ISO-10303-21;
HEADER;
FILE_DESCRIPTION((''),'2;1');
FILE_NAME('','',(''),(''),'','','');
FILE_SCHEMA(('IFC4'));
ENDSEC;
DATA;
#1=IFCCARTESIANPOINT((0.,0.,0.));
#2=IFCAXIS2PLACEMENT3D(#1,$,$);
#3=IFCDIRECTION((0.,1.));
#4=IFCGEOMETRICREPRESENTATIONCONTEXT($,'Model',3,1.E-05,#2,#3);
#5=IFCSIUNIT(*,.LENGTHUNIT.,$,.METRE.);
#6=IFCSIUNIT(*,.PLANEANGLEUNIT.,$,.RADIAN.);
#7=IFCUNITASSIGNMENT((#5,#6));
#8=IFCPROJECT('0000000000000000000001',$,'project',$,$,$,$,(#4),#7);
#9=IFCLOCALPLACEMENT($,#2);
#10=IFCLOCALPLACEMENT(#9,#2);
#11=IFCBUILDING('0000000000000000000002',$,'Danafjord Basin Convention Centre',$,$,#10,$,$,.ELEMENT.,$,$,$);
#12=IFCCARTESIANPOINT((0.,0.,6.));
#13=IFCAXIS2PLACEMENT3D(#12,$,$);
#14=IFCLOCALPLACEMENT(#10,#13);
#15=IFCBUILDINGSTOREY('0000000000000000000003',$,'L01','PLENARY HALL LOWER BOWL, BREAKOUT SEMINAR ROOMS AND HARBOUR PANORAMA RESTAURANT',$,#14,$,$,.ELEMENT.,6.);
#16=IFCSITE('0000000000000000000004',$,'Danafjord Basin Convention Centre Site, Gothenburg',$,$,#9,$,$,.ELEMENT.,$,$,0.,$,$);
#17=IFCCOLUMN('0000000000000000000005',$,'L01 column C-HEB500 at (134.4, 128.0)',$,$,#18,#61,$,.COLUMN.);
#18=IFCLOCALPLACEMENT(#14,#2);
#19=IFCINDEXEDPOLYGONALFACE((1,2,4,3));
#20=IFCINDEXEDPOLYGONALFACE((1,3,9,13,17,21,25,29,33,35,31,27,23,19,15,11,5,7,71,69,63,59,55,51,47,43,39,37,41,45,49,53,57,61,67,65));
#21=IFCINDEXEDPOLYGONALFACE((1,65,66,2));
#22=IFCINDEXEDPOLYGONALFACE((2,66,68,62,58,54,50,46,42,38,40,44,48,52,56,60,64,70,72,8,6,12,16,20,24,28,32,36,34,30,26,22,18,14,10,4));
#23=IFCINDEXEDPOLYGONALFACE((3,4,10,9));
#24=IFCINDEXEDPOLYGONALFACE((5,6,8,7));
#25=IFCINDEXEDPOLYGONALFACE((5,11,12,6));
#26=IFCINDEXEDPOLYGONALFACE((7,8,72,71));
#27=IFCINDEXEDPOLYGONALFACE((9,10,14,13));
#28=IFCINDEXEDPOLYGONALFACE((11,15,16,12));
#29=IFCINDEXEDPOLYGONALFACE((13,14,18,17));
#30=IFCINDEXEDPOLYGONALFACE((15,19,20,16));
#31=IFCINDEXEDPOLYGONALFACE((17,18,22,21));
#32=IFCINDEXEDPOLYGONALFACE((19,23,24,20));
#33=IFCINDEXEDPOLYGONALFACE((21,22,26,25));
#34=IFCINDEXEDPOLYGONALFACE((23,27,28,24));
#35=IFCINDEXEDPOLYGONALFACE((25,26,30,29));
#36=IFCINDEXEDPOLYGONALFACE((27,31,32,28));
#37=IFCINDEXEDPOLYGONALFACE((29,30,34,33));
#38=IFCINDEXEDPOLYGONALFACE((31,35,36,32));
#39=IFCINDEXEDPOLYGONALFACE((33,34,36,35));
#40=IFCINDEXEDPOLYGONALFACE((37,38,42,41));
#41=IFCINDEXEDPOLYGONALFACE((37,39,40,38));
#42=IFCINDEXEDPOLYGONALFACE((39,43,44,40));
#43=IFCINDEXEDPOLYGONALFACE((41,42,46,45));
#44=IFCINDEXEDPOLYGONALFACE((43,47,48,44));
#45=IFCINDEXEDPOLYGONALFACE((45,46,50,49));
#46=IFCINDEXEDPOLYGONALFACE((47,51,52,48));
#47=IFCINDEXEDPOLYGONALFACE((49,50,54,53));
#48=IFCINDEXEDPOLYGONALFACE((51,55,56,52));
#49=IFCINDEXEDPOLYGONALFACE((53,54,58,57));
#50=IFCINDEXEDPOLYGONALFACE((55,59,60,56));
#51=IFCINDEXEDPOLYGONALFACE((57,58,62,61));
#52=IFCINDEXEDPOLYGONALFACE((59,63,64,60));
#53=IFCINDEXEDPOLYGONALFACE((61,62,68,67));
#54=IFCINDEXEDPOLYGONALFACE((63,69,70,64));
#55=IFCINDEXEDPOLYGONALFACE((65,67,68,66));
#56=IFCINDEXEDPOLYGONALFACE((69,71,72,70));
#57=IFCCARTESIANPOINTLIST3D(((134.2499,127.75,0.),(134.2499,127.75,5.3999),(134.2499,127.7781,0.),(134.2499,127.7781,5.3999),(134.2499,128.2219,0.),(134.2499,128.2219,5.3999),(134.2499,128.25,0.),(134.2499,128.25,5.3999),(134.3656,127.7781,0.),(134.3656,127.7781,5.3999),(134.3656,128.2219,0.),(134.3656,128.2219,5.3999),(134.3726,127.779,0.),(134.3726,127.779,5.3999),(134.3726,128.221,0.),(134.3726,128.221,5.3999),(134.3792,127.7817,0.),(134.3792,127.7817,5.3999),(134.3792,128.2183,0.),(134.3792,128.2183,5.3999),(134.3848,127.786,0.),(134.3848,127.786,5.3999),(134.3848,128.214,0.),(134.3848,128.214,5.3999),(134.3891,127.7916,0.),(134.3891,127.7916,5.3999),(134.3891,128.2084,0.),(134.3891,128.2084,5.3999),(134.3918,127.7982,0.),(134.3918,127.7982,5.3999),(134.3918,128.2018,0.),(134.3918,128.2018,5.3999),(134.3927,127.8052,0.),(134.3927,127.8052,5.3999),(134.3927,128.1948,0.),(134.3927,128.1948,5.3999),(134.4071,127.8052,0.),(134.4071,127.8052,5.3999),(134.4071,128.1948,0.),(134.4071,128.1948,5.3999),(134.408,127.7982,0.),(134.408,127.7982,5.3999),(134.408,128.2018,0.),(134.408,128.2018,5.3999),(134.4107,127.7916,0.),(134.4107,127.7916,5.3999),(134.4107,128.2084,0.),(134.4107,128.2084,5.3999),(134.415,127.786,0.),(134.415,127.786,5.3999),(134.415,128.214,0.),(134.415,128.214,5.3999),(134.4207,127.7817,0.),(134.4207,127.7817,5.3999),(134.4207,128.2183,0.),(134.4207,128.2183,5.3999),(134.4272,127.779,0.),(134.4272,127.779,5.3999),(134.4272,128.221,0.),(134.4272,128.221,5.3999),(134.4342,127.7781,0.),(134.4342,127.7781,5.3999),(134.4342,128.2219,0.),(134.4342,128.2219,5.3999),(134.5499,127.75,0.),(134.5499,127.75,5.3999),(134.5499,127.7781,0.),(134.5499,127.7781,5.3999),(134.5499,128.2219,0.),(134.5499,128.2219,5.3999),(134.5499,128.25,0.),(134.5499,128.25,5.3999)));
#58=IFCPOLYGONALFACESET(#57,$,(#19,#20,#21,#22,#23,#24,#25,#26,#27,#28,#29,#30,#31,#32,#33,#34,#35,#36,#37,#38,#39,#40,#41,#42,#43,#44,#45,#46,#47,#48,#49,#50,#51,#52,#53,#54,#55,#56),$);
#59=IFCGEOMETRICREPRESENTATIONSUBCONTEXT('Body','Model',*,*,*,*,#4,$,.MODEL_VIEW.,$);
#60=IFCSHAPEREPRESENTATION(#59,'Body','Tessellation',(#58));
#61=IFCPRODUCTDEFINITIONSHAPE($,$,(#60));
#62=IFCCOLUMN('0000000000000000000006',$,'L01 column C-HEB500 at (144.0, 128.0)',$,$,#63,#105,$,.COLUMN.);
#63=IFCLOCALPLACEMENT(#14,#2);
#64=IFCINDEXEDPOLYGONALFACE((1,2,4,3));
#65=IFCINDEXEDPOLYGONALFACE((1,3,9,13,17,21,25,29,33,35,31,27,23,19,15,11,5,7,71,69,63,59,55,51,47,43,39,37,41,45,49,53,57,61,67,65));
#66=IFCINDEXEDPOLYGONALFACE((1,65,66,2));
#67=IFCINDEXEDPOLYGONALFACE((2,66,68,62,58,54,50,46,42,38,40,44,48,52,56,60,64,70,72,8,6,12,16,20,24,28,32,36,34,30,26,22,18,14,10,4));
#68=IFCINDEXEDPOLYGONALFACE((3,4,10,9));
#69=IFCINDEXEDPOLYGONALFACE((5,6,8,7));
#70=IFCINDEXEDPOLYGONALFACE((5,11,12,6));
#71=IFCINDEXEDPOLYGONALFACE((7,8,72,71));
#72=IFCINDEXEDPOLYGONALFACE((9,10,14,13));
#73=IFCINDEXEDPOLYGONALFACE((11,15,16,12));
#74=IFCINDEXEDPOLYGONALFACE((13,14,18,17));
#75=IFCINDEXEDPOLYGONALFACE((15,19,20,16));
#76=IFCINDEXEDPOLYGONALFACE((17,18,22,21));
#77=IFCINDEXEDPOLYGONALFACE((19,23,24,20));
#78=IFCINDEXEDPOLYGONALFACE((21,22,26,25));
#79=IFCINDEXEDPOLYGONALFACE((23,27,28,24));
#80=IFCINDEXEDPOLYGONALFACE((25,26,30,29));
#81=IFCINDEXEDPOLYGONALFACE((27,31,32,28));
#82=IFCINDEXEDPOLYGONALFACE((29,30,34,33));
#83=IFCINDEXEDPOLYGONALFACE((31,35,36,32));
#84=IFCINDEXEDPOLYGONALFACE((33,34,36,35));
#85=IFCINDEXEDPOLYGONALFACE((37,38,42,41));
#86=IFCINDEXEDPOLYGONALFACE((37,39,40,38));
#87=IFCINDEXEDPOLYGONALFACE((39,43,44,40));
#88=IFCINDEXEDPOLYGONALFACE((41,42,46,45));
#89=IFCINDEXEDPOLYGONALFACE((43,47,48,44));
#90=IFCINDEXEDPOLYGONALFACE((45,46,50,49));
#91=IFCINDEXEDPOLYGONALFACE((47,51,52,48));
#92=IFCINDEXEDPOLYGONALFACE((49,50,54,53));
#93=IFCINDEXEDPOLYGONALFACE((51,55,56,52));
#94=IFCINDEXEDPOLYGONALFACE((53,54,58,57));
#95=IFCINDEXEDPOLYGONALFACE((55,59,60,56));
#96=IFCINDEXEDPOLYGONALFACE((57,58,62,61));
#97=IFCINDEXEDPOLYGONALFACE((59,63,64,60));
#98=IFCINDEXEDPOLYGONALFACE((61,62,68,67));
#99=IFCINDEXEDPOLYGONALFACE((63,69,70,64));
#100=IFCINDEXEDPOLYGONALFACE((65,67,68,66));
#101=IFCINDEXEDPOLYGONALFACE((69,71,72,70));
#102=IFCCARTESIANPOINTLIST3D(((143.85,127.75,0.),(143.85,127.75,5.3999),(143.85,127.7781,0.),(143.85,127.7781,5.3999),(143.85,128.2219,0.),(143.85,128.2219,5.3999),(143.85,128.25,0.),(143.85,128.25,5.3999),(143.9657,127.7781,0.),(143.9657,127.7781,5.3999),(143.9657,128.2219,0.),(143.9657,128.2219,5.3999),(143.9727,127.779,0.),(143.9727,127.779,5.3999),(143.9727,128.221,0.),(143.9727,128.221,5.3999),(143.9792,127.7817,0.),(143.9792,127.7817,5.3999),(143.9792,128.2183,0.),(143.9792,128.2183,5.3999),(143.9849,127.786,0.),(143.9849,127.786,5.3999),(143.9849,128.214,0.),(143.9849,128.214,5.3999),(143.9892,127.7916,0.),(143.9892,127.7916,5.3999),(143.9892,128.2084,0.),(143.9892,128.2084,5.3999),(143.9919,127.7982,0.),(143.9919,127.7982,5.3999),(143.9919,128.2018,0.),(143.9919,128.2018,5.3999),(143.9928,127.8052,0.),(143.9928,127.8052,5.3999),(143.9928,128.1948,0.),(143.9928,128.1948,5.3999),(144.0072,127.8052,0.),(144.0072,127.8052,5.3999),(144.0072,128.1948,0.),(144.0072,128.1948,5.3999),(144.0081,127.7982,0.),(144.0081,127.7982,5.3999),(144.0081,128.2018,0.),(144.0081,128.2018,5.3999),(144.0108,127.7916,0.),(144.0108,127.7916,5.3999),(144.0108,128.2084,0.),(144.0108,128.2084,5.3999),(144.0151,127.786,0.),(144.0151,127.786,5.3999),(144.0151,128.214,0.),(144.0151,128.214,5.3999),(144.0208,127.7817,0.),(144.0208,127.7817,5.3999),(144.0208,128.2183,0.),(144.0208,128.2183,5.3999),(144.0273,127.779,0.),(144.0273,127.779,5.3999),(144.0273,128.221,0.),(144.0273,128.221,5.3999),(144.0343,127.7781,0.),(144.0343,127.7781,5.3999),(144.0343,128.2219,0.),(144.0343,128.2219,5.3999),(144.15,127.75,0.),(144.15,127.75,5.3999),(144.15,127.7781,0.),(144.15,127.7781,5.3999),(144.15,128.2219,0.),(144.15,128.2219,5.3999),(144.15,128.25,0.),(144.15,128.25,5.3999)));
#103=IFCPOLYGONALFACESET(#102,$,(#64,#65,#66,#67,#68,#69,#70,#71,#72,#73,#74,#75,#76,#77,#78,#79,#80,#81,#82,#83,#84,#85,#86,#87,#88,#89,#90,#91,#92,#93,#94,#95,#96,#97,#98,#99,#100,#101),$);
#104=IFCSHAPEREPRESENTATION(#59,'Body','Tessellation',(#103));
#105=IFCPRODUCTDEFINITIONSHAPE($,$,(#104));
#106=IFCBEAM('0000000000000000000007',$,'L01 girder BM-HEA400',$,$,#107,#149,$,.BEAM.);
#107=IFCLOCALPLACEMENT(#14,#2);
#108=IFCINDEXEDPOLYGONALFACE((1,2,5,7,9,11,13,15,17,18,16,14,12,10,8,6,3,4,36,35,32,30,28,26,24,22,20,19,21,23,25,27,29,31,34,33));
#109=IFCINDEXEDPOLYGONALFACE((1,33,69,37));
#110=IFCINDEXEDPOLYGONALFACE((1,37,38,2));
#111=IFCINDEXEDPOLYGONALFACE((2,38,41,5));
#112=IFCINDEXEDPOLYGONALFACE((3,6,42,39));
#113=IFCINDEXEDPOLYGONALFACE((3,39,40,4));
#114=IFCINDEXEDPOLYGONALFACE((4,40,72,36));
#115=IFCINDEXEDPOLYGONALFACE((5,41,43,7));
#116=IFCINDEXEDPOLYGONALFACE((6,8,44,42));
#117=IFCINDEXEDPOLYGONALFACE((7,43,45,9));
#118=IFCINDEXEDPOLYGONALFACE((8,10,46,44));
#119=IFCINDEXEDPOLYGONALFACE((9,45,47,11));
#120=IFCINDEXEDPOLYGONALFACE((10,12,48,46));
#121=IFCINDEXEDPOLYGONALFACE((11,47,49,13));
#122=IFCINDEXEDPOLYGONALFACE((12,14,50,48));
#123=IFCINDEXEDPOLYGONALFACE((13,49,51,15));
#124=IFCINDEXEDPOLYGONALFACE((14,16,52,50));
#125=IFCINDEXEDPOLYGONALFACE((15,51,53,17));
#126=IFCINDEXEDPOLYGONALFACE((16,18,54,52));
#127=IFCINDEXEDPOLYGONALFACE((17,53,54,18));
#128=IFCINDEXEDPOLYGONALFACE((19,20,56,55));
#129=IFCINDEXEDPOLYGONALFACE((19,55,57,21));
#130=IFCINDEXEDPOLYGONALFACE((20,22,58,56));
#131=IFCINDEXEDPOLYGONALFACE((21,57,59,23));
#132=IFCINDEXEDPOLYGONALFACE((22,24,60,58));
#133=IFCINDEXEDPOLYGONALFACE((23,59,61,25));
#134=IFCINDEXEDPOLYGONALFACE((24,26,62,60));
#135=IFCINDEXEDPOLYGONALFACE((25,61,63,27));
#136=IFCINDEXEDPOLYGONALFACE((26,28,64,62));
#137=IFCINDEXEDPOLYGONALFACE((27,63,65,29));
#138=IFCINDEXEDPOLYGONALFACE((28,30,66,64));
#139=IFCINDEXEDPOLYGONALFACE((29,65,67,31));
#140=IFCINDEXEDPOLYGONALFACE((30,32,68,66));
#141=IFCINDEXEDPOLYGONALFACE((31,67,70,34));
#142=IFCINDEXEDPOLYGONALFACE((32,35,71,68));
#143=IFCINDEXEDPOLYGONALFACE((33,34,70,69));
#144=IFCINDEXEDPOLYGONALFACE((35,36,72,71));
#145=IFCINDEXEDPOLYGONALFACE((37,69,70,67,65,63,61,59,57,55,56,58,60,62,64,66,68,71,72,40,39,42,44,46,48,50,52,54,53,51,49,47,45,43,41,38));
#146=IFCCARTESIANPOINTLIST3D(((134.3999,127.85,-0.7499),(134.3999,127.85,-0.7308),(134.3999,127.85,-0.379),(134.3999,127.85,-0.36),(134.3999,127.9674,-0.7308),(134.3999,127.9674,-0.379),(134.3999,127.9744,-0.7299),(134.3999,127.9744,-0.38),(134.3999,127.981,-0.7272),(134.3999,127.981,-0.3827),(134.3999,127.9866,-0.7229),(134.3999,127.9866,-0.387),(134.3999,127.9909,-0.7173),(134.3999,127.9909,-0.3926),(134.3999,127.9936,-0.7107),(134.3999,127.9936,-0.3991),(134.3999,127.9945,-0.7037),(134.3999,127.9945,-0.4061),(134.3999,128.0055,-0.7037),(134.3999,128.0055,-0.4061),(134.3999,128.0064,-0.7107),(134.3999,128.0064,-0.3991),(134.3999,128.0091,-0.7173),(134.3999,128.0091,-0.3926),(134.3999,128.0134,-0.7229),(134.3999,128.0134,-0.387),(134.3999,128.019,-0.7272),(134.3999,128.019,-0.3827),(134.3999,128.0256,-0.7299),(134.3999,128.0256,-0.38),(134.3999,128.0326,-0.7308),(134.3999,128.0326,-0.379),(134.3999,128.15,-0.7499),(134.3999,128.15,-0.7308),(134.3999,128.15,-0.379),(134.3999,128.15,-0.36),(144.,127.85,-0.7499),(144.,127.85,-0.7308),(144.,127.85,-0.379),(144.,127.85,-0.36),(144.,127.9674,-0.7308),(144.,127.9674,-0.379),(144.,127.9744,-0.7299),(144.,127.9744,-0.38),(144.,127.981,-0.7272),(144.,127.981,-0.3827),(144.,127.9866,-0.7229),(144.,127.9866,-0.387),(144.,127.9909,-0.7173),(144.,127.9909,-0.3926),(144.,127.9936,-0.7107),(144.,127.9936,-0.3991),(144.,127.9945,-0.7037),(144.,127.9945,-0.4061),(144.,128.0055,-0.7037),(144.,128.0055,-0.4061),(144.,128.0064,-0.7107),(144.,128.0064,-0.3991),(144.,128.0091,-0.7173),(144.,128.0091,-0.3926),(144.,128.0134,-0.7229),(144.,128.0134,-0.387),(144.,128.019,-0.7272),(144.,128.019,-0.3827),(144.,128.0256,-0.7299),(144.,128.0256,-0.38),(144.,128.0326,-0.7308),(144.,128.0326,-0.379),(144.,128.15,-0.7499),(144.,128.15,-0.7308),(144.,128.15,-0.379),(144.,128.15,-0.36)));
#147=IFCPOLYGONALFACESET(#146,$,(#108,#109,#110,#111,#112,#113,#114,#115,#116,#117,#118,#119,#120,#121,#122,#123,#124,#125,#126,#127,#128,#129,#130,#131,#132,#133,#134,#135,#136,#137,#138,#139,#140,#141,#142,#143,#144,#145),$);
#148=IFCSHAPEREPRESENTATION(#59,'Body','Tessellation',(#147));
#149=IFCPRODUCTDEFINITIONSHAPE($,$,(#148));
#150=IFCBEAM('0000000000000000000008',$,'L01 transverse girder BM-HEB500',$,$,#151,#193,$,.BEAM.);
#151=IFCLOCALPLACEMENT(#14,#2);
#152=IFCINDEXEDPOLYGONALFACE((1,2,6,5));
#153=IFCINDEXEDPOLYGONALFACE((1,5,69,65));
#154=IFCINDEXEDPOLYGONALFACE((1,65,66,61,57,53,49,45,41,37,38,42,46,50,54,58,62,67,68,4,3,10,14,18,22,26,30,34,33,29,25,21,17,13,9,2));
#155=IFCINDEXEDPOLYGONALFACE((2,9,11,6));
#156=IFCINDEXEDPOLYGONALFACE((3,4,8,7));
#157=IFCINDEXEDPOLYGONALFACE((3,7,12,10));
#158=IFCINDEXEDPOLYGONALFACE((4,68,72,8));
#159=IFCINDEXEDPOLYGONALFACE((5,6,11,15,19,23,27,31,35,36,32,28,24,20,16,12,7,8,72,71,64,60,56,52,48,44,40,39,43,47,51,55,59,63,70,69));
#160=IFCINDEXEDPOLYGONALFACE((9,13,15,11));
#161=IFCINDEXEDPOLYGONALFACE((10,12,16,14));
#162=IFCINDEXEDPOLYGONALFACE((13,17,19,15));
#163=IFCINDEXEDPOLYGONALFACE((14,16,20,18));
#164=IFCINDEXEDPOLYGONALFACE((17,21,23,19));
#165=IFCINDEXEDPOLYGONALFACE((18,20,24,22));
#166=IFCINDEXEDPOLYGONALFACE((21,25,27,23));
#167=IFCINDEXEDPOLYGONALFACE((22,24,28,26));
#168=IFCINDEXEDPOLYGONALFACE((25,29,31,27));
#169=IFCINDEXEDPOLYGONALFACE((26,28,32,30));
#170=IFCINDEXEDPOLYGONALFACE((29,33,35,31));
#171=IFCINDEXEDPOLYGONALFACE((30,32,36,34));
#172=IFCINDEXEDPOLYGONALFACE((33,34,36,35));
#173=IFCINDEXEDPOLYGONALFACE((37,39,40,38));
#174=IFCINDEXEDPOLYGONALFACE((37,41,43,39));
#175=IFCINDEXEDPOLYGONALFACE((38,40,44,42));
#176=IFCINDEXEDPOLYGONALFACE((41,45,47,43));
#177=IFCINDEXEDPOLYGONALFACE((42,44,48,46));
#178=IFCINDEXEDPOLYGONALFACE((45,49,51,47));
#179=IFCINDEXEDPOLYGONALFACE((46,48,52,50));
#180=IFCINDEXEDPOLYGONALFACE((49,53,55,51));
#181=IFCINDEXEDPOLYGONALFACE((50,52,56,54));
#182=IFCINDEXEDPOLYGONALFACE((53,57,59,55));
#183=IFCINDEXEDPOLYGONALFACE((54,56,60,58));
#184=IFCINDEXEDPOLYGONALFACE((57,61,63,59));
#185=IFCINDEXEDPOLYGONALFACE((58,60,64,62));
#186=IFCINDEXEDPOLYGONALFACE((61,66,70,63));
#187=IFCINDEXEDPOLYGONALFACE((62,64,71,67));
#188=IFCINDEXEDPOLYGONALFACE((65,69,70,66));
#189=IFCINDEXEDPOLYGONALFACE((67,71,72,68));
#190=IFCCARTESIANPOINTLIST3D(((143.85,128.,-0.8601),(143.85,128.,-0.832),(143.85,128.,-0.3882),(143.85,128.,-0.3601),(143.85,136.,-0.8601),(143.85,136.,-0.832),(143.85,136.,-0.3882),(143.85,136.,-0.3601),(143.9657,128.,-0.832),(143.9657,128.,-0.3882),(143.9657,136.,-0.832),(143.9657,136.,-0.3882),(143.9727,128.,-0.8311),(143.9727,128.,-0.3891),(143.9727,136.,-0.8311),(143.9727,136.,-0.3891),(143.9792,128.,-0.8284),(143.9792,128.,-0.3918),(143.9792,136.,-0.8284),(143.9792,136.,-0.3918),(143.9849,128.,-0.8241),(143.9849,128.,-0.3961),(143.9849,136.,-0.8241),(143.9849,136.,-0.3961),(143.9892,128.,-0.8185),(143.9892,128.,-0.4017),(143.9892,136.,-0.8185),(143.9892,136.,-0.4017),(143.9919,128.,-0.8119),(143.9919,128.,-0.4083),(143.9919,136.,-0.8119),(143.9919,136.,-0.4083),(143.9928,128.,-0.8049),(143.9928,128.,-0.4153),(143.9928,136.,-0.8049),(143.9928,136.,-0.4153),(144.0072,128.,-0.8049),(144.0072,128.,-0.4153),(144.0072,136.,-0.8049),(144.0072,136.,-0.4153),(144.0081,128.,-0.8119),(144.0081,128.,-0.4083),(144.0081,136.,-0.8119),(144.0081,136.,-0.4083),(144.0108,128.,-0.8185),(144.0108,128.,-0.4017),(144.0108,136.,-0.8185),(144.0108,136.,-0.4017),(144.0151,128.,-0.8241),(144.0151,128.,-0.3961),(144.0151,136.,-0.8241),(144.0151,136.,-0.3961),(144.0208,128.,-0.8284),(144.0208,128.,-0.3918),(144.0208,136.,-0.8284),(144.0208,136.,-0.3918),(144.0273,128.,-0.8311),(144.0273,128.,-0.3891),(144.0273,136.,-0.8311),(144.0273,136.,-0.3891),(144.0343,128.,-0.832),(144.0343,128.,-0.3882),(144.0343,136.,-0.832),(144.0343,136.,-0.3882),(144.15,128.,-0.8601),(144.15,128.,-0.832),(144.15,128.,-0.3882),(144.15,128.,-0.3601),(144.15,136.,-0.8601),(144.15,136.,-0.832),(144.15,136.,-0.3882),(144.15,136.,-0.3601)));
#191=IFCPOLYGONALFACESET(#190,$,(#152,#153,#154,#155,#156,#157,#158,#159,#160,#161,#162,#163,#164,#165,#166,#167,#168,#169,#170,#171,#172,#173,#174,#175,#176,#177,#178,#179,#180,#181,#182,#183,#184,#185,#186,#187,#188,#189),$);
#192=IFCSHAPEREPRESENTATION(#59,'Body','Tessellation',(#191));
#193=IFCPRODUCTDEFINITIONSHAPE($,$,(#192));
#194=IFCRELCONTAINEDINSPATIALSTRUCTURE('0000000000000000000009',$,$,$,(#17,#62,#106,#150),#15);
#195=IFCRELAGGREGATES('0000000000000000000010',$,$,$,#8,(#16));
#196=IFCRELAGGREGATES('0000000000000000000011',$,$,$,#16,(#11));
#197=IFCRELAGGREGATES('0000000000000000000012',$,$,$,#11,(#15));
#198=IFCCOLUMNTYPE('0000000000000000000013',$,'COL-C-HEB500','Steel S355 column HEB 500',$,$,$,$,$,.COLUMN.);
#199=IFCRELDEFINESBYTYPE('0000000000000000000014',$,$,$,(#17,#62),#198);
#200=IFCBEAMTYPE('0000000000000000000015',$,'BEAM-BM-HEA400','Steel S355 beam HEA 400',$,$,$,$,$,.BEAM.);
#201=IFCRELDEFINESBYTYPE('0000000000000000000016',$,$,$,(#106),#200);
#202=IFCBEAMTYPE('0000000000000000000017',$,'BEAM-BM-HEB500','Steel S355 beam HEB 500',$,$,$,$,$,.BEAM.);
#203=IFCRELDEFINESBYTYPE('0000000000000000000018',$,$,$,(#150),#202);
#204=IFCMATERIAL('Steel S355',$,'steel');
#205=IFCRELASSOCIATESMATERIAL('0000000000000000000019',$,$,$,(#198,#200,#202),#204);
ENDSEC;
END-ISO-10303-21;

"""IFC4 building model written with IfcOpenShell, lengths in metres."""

from ifc_helpers import new_model, si_unit, direction, frame, origin, origin_2d, place, context, subcontext, project, spatial, i_section, extrude, material, material_profile, profile_set, type_object, element, save


model = new_model("IFC4")

# Units and contexts
model_context = context("Model", 3, precision=1e-05, world=origin(), true_north=direction((0.0, 1.0)))
body_context = subcontext(model_context, "Body", "Model", "MODEL_VIEW")
ifc_project = project(units=[si_unit("LENGTHUNIT", "METRE"), si_unit("PLANEANGLEUNIT", "RADIAN")], contexts=[model_context])

# Site, building, storey
site_placement = place(None, origin())
site = spatial("IfcSite", under=ifc_project, at=site_placement, Name="Danafjord Basin Convention Centre Site, Gothenburg", CompositionType="ELEMENT", RefElevation=0.0)
building_placement = place(site_placement, origin())
building = spatial("IfcBuilding", under=site, at=building_placement, Name="Danafjord Basin Convention Centre", CompositionType="ELEMENT")
storey_placement = place(building_placement, frame((0.0, 0.0, 6.0)))
storey = spatial("IfcBuildingStorey", under=building, at=storey_placement, Name="L01", Description="PLENARY HALL LOWER BOWL, BREAKOUT SEMINAR ROOMS AND HARBOUR PANORAMA RESTAURANT", CompositionType="ELEMENT", Elevation=6.0)

# Columns
ifc_material_1 = material(Name="Steel S355", Category="steel")
ifc_material_profile_1 = material_profile(ifc_material_1, i_section(OverallWidth=0.3, OverallDepth=0.5, WebThickness=0.0144, FlangeThickness=0.0281, FilletRadius=0.0271, at=origin_2d()), Name="HEB 500")
ifc_profile_set_1 = profile_set([ifc_material_profile_1], Name="Steel S355")
column_type_1 = type_object("IfcColumnType", Name="COL-C-HEB500", Description="Steel S355 column HEB 500", PredefinedType="COLUMN", material=ifc_profile_set_1)
for number, where, z_axis, x_axis, name in (
    (1, (134.3999, 128.0, 0.0), (0.0, 0.0, 1.0), (1.0, 0.0, 0.0), "L01 column C-HEB500 at (134.4, 128.0)"),
    (2, (144.0, 128.0, 0.0), (0.0, 0.0, 1.0), (1.0, 0.0, 0.0), "L01 column C-HEB500 at (144.0, 128.0)"),
):
    element("IfcColumn", number, at=place(storey_placement, frame(where, z_axis=z_axis, x_axis=x_axis)), inside=storey, type_object=column_type_1, Name=name, PredefinedType="COLUMN", context=body_context, shape_type="SweptSolid", body=[
        extrude(i_section(OverallWidth=0.3, OverallDepth=0.5, WebThickness=0.0144, FlangeThickness=0.0281, FilletRadius=0.0271, at=origin_2d()), origin(), (0.0, 0.0, 1.0), 5.3999),
    ])

# Beams
ifc_material_profile_2 = material_profile(ifc_material_1, i_section(OverallWidth=0.3, OverallDepth=0.3899, WebThickness=0.011, FlangeThickness=0.019, FilletRadius=0.0271, at=origin_2d()), Name="HEA 400")
ifc_profile_set_2 = profile_set([ifc_material_profile_2], Name="Steel S355")
beam_type_1 = type_object("IfcBeamType", Name="BEAM-BM-HEA400", Description="Steel S355 beam HEA 400", PredefinedType="BEAM", material=ifc_profile_set_2)
beam_1_placement = place(storey_placement, frame((134.3999, 128.0, -0.5549), z_axis=(1.0, 0.0, 0.0), x_axis=(0.0, 1.0, 0.0)))
element("IfcBeam", 3, at=beam_1_placement, inside=storey, type_object=beam_type_1, Name="L01 girder BM-HEA400", PredefinedType="BEAM", context=body_context, shape_type="SweptSolid", body=[
    extrude(i_section(OverallWidth=0.3, OverallDepth=0.3899, WebThickness=0.011, FlangeThickness=0.019, FilletRadius=0.0271, at=origin_2d()), origin(), (0.0, 0.0, 1.0), 9.6001),
])
ifc_material_profile_3 = material_profile(ifc_material_1, i_section(OverallWidth=0.3, OverallDepth=0.5, WebThickness=0.0144, FlangeThickness=0.0281, FilletRadius=0.0271, at=origin_2d()), Name="HEB 500")
ifc_profile_set_3 = profile_set([ifc_material_profile_3], Name="Steel S355")
beam_type_2 = type_object("IfcBeamType", Name="BEAM-BM-HEB500", Description="Steel S355 beam HEB 500", PredefinedType="BEAM", material=ifc_profile_set_3)
beam_2_placement = place(storey_placement, frame((144.0, 128.0, -0.6101), z_axis=(0.0, 1.0, 0.0), x_axis=(-1.0, 0.0, 0.0)))
element("IfcBeam", 4, at=beam_2_placement, inside=storey, type_object=beam_type_2, Name="L01 transverse girder BM-HEB500", PredefinedType="BEAM", context=body_context, shape_type="SweptSolid", body=[
    extrude(i_section(OverallWidth=0.3, OverallDepth=0.5, WebThickness=0.0144, FlangeThickness=0.0281, FilletRadius=0.0271, at=origin_2d()), origin(), (0.0, 0.0, 1.0), 8.0),
])

save(model, "model.ifc")
